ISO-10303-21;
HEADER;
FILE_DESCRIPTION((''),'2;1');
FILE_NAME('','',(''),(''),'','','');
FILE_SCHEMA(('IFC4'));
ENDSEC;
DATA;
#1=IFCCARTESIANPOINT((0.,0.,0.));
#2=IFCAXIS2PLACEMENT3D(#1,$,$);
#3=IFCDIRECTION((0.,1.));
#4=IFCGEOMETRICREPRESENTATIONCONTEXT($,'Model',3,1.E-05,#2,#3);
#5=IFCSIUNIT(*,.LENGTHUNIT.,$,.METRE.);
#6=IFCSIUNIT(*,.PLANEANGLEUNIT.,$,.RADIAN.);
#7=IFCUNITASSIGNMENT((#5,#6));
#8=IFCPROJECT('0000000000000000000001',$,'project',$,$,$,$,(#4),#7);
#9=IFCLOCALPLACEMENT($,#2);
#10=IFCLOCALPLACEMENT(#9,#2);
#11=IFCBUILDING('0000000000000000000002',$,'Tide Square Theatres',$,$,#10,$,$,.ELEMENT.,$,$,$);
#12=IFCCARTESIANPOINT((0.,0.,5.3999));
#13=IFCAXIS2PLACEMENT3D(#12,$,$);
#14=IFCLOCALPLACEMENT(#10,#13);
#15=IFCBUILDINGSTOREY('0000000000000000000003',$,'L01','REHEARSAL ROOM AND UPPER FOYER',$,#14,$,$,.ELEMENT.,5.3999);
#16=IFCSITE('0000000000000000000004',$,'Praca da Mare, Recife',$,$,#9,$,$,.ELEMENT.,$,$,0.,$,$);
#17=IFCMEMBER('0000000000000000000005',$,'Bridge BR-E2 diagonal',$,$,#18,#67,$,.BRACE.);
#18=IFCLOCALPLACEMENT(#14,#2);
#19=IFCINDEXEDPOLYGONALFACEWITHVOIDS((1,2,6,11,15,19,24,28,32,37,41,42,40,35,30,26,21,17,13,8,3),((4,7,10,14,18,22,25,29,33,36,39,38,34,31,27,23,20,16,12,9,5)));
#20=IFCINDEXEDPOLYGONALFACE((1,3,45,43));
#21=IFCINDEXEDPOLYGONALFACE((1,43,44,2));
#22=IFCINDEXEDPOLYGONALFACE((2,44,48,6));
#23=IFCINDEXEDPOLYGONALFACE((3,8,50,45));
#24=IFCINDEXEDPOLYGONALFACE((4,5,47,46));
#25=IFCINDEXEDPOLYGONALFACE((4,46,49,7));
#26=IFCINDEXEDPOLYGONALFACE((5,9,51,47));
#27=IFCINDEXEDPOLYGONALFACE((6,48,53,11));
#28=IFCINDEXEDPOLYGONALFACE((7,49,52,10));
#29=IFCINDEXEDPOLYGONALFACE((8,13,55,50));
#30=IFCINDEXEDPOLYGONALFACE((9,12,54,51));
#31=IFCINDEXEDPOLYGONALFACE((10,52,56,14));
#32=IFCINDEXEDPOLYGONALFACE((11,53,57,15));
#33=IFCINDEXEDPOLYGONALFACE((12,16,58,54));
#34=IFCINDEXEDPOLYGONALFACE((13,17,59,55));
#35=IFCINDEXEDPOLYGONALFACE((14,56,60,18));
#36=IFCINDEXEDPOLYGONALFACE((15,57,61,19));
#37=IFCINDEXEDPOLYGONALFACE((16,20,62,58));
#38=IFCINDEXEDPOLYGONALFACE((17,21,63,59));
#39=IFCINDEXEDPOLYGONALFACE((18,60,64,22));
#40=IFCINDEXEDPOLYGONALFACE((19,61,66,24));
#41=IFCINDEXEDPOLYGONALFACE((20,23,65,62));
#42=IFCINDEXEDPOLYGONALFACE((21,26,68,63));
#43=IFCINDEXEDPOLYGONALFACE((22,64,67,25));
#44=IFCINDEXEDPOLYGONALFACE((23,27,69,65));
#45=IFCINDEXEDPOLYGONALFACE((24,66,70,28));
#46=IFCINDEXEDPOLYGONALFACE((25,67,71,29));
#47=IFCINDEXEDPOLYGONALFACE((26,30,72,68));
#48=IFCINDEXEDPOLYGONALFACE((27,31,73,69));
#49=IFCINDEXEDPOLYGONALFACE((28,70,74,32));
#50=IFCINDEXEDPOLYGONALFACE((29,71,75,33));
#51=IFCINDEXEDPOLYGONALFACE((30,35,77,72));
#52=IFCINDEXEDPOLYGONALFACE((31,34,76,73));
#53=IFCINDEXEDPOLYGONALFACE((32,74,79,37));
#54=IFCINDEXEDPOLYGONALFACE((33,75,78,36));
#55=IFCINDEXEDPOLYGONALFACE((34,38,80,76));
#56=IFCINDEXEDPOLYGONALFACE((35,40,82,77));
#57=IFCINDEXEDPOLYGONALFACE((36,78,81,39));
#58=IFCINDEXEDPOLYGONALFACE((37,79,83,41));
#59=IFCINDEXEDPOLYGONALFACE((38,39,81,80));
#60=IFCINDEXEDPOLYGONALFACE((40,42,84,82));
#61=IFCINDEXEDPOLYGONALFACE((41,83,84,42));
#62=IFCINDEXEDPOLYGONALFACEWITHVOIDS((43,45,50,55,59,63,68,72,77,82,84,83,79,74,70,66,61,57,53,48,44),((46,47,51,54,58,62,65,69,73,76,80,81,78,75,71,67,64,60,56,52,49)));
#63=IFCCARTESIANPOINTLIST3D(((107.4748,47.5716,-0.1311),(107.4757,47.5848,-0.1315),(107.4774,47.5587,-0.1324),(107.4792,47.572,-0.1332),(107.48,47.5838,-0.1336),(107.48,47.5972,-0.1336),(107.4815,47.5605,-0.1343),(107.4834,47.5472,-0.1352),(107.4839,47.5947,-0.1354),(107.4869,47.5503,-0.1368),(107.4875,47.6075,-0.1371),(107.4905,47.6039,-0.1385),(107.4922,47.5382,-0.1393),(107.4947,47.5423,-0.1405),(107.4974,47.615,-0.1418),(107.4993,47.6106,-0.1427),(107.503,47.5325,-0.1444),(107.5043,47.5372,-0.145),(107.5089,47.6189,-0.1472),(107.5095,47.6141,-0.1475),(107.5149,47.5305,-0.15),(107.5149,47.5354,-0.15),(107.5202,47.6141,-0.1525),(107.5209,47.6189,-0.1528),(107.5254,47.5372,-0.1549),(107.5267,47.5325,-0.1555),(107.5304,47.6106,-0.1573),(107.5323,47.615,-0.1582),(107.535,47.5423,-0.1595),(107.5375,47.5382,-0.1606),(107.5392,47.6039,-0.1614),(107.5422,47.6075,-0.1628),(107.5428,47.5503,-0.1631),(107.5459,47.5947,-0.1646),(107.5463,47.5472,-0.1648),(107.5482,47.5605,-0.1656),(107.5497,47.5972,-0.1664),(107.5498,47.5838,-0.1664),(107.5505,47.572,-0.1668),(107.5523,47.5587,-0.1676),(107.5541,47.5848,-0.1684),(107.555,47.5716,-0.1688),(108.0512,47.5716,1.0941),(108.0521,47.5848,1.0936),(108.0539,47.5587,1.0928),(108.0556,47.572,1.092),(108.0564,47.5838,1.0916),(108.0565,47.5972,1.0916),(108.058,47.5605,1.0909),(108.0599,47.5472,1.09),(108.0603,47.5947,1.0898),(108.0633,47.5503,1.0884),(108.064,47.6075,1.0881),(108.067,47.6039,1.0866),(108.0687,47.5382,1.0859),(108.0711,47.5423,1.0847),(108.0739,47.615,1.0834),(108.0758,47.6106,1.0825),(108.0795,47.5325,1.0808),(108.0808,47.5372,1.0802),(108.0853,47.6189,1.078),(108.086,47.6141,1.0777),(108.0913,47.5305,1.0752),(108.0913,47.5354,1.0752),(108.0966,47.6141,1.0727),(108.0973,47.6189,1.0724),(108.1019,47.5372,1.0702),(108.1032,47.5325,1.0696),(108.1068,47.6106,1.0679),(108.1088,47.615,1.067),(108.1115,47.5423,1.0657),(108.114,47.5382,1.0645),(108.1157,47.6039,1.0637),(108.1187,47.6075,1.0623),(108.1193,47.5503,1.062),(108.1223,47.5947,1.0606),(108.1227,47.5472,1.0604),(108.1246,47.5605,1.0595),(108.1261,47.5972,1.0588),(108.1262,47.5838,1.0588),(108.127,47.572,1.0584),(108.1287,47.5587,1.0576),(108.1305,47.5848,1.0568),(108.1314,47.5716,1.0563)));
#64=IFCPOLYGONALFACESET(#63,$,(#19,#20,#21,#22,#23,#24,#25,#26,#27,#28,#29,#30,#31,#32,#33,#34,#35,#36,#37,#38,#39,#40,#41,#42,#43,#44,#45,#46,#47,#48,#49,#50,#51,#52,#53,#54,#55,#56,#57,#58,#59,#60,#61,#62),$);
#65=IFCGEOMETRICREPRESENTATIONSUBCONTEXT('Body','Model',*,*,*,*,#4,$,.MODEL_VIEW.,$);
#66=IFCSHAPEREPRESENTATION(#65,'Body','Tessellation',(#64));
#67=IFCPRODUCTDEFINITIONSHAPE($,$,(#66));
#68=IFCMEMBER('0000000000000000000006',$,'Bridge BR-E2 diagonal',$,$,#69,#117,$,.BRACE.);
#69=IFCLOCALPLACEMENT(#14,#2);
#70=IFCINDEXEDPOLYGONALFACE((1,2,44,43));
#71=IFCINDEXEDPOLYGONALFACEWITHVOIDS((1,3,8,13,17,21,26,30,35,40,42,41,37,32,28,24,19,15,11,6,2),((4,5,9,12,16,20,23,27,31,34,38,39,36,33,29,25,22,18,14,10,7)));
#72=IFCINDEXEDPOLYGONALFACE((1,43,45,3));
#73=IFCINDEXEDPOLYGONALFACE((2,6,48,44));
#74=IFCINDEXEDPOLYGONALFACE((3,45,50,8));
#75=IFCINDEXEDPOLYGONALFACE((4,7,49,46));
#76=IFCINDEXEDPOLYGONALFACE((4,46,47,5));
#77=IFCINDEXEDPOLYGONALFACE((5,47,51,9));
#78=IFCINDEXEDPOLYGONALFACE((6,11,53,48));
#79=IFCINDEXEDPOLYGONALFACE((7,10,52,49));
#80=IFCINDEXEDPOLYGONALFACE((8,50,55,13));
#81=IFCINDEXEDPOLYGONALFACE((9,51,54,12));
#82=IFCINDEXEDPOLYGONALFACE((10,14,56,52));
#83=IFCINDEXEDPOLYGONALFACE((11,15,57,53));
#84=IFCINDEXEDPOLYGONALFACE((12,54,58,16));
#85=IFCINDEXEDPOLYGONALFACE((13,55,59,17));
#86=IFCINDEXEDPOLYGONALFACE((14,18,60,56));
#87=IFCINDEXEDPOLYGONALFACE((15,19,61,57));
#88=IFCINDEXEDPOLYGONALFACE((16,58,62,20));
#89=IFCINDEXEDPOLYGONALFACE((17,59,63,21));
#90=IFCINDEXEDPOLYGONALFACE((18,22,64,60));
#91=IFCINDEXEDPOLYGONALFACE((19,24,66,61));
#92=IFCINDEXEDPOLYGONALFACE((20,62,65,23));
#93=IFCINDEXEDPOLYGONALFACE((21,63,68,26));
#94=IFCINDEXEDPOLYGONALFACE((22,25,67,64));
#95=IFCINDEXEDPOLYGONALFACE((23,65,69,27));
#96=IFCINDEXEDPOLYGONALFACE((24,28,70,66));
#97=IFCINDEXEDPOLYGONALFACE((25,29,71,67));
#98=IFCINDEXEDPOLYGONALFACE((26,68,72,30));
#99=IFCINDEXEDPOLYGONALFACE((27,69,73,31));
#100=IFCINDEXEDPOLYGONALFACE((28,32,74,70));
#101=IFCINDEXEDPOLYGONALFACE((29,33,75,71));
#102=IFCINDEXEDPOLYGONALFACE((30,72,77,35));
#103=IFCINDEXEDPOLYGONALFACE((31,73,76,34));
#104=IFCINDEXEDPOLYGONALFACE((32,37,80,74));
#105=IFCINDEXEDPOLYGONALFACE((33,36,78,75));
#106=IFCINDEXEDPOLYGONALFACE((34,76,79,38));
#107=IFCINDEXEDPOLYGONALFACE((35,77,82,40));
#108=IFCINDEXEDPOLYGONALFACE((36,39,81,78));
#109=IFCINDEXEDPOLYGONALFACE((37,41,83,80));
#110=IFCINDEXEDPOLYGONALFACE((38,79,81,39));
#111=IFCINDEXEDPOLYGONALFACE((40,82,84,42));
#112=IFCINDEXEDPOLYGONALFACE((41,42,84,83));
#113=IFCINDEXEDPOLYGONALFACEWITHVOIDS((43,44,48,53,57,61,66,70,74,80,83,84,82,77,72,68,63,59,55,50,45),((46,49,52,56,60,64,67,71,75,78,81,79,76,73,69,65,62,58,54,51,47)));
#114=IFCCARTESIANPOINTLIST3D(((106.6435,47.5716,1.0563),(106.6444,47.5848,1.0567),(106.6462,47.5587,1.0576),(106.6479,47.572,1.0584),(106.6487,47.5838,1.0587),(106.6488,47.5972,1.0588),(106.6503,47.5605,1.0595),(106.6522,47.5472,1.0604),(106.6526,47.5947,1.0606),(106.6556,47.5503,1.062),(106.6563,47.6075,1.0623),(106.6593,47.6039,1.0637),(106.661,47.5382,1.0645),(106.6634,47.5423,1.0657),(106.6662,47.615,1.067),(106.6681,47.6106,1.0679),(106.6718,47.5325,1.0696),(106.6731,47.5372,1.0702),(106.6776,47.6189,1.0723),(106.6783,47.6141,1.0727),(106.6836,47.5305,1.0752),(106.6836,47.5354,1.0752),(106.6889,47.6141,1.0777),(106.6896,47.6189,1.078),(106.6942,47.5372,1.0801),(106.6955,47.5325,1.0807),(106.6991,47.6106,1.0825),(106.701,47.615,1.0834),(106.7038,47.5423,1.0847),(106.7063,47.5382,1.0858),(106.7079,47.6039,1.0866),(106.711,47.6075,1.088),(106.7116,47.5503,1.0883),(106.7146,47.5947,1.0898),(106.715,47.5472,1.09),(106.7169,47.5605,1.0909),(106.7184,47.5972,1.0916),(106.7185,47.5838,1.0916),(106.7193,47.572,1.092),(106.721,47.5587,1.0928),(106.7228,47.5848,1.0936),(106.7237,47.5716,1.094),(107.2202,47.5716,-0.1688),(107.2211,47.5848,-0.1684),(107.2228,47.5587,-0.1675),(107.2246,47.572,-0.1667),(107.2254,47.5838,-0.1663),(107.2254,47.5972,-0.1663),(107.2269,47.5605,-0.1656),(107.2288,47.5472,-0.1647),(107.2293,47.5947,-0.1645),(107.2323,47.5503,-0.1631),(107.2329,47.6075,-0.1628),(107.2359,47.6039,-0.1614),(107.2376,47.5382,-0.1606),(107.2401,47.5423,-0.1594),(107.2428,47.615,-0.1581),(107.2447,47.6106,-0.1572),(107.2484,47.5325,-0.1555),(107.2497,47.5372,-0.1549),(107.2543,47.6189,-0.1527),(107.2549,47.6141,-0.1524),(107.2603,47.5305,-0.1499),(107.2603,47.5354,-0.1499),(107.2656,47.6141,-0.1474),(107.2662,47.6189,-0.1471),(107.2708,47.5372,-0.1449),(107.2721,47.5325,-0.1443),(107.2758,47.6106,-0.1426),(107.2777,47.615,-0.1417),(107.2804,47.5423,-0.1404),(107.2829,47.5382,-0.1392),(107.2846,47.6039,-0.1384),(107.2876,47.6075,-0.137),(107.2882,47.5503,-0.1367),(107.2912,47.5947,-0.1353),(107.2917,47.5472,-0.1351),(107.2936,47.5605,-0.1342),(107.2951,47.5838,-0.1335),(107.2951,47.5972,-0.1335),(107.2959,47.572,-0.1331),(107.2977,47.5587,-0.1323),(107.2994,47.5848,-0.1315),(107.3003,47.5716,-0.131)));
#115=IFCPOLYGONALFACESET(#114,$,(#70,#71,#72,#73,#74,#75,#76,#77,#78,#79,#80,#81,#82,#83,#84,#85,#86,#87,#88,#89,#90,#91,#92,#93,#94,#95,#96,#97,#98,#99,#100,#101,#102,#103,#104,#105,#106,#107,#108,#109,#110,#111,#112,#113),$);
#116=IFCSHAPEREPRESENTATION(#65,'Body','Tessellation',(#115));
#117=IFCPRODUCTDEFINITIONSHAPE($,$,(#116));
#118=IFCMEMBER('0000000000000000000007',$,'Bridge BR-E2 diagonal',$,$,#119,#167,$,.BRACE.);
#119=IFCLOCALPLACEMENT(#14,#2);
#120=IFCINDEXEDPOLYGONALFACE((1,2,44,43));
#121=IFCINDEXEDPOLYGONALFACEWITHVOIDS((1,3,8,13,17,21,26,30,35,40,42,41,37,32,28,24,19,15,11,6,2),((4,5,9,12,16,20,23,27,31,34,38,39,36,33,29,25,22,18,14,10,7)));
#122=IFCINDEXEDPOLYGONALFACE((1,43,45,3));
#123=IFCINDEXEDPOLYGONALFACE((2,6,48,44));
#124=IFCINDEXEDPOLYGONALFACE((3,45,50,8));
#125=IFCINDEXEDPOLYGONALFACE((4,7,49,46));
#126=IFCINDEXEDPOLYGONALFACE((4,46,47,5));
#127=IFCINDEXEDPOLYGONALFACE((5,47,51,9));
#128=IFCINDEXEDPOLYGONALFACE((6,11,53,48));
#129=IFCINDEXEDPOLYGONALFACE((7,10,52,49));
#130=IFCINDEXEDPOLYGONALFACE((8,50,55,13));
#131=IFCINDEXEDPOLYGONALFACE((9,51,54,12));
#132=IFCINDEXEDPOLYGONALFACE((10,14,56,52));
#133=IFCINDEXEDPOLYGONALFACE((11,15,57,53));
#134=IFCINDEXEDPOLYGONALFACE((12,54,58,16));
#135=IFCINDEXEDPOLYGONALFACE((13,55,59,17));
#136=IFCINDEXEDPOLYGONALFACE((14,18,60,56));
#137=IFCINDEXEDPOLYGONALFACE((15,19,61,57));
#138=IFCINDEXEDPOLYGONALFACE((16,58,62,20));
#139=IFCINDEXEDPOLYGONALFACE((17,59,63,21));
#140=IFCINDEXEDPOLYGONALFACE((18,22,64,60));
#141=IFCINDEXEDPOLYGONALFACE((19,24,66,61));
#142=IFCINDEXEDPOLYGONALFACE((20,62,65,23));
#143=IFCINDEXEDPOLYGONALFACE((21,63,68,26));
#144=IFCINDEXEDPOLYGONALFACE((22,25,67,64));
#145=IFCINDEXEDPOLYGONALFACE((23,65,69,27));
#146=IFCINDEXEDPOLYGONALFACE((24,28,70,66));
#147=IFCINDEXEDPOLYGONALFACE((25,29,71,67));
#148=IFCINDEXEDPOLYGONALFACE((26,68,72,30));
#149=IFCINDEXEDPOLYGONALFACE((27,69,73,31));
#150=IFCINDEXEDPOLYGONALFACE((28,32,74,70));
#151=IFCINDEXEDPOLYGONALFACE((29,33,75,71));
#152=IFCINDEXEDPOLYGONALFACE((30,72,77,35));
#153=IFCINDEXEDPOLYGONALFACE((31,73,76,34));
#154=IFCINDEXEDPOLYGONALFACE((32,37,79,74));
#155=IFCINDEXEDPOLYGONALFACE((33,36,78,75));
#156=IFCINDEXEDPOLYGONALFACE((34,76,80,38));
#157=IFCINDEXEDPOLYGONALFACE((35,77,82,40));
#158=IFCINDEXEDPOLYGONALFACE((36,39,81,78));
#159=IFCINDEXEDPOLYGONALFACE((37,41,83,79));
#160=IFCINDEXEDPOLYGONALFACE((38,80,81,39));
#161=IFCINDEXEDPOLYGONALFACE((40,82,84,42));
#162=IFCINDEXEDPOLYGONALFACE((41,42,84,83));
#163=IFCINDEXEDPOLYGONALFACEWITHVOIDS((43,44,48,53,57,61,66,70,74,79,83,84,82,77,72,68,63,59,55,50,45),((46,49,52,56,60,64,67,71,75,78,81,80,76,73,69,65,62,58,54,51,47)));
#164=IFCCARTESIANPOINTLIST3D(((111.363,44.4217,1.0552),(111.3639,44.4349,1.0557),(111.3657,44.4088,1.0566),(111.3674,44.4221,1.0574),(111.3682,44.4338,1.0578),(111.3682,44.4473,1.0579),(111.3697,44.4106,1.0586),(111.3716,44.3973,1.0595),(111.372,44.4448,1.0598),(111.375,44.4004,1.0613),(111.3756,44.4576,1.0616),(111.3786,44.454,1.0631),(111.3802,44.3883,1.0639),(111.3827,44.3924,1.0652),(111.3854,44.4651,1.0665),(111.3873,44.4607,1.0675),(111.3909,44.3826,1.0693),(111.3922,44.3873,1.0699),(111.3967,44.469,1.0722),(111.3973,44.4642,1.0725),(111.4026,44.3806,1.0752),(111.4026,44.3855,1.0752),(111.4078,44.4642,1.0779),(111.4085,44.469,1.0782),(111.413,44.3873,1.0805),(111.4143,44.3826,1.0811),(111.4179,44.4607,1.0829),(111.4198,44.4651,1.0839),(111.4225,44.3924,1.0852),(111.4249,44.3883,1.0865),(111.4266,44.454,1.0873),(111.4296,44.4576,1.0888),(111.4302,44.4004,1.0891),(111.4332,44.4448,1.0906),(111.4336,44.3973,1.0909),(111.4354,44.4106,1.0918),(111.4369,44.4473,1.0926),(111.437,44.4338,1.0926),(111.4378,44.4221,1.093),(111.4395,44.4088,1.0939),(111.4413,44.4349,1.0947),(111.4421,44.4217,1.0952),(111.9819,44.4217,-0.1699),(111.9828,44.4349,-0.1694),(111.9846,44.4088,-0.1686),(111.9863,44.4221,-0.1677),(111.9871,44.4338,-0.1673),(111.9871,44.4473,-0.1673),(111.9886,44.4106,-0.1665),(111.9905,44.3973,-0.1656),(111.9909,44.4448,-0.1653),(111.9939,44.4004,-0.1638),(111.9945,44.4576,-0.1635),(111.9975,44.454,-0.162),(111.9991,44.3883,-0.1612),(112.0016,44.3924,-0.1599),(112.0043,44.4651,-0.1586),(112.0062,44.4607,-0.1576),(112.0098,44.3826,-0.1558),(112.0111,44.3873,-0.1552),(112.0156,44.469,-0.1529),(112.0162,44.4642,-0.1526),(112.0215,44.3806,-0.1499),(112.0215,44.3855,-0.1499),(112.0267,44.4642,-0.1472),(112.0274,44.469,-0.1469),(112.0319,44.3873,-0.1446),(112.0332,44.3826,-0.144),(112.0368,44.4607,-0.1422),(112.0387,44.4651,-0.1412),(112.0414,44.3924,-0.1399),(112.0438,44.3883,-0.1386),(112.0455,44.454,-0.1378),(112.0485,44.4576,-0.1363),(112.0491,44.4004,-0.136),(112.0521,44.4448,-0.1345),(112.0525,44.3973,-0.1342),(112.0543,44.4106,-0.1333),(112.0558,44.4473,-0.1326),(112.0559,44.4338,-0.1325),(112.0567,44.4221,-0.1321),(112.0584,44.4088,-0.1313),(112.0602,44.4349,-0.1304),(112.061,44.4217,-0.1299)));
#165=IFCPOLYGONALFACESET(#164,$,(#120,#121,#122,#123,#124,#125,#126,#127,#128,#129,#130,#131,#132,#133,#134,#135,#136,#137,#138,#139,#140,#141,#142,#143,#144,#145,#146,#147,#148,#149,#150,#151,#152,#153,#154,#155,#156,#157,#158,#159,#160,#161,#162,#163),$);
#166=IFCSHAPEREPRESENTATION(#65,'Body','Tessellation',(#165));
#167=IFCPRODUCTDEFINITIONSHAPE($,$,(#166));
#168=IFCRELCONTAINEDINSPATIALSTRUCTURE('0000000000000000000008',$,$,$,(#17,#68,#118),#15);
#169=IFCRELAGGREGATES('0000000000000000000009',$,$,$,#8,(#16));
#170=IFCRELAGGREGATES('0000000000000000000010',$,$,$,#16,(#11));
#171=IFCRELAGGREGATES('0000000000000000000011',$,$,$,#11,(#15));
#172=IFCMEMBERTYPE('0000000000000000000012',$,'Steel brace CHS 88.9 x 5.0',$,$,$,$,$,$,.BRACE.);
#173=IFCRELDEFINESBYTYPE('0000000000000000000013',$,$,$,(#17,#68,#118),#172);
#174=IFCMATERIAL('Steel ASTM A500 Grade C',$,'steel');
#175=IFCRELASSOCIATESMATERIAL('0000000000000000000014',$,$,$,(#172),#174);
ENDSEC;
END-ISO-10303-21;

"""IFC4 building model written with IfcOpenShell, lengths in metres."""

from ifc_helpers import new_model, si_unit, direction, frame, origin, origin_2d, place, context, subcontext, project, spatial, hollow_circle, extrude, material, material_profile, profile_set, type_object, element, save


model = new_model("IFC4")

# Units and contexts
model_context = context("Model", 3, precision=1e-05, world=origin(), true_north=direction((0.0, 1.0)))
body_context = subcontext(model_context, "Body", "Model", "MODEL_VIEW")
ifc_project = project(units=[si_unit("LENGTHUNIT", "METRE"), si_unit("PLANEANGLEUNIT", "RADIAN")], contexts=[model_context])

# Site, building, storey
site_placement = place(None, origin())
site = spatial("IfcSite", under=ifc_project, at=site_placement, Name="Praca da Mare, Recife", CompositionType="ELEMENT", RefElevation=0.0)
building_placement = place(site_placement, origin())
building = spatial("IfcBuilding", under=site, at=building_placement, Name="Tide Square Theatres", CompositionType="ELEMENT")
storey_placement = place(building_placement, frame((0.0, 0.0, 5.3999)))
storey = spatial("IfcBuildingStorey", under=building, at=storey_placement, Name="L01", Description="REHEARSAL ROOM AND UPPER FOYER", CompositionType="ELEMENT", Elevation=5.3999)

# Members
ifc_material_1 = material(Name="Steel ASTM A500 Grade C", Category="steel")
ifc_material_profile_1 = material_profile(ifc_material_1, hollow_circle(Radius=0.0444, WallThickness=0.0049, at=origin_2d()))
ifc_profile_set_1 = profile_set([ifc_material_profile_1], Name="Steel ASTM A500 Grade C")
member_type_1 = type_object("IfcMemberType", Name="Steel brace CHS 88.9 x 5.0", PredefinedType="BRACE", material=ifc_profile_set_1)
for number, where, z_axis, x_axis, name in (
    (1, (108.0913, 47.575, 1.0752), (-0.425736, 0.0, -0.904847), (0.0, -1.0, 0.0), "Bridge BR-E2 diagonal"),
    (2, (107.2603, 47.575, -0.1499), (-0.425884, 0.0, 0.904778), (0.0, -1.0, 0.0), "Bridge BR-E2 diagonal"),
):
    element("IfcMember", number, at=place(storey_placement, frame(where, z_axis=z_axis, x_axis=x_axis)), inside=storey, type_object=member_type_1, Name=name, PredefinedType="BRACE", context=body_context, shape_type="SweptSolid", body=[
        extrude(hollow_circle(Radius=0.0444, WallThickness=0.0049, at=origin_2d()), origin(), (0.0, 0.0, 1.0), 1.354),
    ])
for number, where, z_axis, x_axis, name in (
    (3, (112.0215, 44.425, -0.1499), (-0.45091, 0.0, 0.89257), (0.0, -1.0, 0.0), "Bridge BR-E2 diagonal"),
):
    element("IfcMember", number, at=place(storey_placement, frame(where, z_axis=z_axis, x_axis=x_axis)), inside=storey, type_object=member_type_1, Name=name, PredefinedType="BRACE", context=body_context, shape_type="SweptSolid", body=[
        extrude(hollow_circle(Radius=0.0444, WallThickness=0.0049, at=origin_2d()), origin(), (0.0, 0.0, 1.0), 1.3726),
    ])

save(model, "model.ifc")
